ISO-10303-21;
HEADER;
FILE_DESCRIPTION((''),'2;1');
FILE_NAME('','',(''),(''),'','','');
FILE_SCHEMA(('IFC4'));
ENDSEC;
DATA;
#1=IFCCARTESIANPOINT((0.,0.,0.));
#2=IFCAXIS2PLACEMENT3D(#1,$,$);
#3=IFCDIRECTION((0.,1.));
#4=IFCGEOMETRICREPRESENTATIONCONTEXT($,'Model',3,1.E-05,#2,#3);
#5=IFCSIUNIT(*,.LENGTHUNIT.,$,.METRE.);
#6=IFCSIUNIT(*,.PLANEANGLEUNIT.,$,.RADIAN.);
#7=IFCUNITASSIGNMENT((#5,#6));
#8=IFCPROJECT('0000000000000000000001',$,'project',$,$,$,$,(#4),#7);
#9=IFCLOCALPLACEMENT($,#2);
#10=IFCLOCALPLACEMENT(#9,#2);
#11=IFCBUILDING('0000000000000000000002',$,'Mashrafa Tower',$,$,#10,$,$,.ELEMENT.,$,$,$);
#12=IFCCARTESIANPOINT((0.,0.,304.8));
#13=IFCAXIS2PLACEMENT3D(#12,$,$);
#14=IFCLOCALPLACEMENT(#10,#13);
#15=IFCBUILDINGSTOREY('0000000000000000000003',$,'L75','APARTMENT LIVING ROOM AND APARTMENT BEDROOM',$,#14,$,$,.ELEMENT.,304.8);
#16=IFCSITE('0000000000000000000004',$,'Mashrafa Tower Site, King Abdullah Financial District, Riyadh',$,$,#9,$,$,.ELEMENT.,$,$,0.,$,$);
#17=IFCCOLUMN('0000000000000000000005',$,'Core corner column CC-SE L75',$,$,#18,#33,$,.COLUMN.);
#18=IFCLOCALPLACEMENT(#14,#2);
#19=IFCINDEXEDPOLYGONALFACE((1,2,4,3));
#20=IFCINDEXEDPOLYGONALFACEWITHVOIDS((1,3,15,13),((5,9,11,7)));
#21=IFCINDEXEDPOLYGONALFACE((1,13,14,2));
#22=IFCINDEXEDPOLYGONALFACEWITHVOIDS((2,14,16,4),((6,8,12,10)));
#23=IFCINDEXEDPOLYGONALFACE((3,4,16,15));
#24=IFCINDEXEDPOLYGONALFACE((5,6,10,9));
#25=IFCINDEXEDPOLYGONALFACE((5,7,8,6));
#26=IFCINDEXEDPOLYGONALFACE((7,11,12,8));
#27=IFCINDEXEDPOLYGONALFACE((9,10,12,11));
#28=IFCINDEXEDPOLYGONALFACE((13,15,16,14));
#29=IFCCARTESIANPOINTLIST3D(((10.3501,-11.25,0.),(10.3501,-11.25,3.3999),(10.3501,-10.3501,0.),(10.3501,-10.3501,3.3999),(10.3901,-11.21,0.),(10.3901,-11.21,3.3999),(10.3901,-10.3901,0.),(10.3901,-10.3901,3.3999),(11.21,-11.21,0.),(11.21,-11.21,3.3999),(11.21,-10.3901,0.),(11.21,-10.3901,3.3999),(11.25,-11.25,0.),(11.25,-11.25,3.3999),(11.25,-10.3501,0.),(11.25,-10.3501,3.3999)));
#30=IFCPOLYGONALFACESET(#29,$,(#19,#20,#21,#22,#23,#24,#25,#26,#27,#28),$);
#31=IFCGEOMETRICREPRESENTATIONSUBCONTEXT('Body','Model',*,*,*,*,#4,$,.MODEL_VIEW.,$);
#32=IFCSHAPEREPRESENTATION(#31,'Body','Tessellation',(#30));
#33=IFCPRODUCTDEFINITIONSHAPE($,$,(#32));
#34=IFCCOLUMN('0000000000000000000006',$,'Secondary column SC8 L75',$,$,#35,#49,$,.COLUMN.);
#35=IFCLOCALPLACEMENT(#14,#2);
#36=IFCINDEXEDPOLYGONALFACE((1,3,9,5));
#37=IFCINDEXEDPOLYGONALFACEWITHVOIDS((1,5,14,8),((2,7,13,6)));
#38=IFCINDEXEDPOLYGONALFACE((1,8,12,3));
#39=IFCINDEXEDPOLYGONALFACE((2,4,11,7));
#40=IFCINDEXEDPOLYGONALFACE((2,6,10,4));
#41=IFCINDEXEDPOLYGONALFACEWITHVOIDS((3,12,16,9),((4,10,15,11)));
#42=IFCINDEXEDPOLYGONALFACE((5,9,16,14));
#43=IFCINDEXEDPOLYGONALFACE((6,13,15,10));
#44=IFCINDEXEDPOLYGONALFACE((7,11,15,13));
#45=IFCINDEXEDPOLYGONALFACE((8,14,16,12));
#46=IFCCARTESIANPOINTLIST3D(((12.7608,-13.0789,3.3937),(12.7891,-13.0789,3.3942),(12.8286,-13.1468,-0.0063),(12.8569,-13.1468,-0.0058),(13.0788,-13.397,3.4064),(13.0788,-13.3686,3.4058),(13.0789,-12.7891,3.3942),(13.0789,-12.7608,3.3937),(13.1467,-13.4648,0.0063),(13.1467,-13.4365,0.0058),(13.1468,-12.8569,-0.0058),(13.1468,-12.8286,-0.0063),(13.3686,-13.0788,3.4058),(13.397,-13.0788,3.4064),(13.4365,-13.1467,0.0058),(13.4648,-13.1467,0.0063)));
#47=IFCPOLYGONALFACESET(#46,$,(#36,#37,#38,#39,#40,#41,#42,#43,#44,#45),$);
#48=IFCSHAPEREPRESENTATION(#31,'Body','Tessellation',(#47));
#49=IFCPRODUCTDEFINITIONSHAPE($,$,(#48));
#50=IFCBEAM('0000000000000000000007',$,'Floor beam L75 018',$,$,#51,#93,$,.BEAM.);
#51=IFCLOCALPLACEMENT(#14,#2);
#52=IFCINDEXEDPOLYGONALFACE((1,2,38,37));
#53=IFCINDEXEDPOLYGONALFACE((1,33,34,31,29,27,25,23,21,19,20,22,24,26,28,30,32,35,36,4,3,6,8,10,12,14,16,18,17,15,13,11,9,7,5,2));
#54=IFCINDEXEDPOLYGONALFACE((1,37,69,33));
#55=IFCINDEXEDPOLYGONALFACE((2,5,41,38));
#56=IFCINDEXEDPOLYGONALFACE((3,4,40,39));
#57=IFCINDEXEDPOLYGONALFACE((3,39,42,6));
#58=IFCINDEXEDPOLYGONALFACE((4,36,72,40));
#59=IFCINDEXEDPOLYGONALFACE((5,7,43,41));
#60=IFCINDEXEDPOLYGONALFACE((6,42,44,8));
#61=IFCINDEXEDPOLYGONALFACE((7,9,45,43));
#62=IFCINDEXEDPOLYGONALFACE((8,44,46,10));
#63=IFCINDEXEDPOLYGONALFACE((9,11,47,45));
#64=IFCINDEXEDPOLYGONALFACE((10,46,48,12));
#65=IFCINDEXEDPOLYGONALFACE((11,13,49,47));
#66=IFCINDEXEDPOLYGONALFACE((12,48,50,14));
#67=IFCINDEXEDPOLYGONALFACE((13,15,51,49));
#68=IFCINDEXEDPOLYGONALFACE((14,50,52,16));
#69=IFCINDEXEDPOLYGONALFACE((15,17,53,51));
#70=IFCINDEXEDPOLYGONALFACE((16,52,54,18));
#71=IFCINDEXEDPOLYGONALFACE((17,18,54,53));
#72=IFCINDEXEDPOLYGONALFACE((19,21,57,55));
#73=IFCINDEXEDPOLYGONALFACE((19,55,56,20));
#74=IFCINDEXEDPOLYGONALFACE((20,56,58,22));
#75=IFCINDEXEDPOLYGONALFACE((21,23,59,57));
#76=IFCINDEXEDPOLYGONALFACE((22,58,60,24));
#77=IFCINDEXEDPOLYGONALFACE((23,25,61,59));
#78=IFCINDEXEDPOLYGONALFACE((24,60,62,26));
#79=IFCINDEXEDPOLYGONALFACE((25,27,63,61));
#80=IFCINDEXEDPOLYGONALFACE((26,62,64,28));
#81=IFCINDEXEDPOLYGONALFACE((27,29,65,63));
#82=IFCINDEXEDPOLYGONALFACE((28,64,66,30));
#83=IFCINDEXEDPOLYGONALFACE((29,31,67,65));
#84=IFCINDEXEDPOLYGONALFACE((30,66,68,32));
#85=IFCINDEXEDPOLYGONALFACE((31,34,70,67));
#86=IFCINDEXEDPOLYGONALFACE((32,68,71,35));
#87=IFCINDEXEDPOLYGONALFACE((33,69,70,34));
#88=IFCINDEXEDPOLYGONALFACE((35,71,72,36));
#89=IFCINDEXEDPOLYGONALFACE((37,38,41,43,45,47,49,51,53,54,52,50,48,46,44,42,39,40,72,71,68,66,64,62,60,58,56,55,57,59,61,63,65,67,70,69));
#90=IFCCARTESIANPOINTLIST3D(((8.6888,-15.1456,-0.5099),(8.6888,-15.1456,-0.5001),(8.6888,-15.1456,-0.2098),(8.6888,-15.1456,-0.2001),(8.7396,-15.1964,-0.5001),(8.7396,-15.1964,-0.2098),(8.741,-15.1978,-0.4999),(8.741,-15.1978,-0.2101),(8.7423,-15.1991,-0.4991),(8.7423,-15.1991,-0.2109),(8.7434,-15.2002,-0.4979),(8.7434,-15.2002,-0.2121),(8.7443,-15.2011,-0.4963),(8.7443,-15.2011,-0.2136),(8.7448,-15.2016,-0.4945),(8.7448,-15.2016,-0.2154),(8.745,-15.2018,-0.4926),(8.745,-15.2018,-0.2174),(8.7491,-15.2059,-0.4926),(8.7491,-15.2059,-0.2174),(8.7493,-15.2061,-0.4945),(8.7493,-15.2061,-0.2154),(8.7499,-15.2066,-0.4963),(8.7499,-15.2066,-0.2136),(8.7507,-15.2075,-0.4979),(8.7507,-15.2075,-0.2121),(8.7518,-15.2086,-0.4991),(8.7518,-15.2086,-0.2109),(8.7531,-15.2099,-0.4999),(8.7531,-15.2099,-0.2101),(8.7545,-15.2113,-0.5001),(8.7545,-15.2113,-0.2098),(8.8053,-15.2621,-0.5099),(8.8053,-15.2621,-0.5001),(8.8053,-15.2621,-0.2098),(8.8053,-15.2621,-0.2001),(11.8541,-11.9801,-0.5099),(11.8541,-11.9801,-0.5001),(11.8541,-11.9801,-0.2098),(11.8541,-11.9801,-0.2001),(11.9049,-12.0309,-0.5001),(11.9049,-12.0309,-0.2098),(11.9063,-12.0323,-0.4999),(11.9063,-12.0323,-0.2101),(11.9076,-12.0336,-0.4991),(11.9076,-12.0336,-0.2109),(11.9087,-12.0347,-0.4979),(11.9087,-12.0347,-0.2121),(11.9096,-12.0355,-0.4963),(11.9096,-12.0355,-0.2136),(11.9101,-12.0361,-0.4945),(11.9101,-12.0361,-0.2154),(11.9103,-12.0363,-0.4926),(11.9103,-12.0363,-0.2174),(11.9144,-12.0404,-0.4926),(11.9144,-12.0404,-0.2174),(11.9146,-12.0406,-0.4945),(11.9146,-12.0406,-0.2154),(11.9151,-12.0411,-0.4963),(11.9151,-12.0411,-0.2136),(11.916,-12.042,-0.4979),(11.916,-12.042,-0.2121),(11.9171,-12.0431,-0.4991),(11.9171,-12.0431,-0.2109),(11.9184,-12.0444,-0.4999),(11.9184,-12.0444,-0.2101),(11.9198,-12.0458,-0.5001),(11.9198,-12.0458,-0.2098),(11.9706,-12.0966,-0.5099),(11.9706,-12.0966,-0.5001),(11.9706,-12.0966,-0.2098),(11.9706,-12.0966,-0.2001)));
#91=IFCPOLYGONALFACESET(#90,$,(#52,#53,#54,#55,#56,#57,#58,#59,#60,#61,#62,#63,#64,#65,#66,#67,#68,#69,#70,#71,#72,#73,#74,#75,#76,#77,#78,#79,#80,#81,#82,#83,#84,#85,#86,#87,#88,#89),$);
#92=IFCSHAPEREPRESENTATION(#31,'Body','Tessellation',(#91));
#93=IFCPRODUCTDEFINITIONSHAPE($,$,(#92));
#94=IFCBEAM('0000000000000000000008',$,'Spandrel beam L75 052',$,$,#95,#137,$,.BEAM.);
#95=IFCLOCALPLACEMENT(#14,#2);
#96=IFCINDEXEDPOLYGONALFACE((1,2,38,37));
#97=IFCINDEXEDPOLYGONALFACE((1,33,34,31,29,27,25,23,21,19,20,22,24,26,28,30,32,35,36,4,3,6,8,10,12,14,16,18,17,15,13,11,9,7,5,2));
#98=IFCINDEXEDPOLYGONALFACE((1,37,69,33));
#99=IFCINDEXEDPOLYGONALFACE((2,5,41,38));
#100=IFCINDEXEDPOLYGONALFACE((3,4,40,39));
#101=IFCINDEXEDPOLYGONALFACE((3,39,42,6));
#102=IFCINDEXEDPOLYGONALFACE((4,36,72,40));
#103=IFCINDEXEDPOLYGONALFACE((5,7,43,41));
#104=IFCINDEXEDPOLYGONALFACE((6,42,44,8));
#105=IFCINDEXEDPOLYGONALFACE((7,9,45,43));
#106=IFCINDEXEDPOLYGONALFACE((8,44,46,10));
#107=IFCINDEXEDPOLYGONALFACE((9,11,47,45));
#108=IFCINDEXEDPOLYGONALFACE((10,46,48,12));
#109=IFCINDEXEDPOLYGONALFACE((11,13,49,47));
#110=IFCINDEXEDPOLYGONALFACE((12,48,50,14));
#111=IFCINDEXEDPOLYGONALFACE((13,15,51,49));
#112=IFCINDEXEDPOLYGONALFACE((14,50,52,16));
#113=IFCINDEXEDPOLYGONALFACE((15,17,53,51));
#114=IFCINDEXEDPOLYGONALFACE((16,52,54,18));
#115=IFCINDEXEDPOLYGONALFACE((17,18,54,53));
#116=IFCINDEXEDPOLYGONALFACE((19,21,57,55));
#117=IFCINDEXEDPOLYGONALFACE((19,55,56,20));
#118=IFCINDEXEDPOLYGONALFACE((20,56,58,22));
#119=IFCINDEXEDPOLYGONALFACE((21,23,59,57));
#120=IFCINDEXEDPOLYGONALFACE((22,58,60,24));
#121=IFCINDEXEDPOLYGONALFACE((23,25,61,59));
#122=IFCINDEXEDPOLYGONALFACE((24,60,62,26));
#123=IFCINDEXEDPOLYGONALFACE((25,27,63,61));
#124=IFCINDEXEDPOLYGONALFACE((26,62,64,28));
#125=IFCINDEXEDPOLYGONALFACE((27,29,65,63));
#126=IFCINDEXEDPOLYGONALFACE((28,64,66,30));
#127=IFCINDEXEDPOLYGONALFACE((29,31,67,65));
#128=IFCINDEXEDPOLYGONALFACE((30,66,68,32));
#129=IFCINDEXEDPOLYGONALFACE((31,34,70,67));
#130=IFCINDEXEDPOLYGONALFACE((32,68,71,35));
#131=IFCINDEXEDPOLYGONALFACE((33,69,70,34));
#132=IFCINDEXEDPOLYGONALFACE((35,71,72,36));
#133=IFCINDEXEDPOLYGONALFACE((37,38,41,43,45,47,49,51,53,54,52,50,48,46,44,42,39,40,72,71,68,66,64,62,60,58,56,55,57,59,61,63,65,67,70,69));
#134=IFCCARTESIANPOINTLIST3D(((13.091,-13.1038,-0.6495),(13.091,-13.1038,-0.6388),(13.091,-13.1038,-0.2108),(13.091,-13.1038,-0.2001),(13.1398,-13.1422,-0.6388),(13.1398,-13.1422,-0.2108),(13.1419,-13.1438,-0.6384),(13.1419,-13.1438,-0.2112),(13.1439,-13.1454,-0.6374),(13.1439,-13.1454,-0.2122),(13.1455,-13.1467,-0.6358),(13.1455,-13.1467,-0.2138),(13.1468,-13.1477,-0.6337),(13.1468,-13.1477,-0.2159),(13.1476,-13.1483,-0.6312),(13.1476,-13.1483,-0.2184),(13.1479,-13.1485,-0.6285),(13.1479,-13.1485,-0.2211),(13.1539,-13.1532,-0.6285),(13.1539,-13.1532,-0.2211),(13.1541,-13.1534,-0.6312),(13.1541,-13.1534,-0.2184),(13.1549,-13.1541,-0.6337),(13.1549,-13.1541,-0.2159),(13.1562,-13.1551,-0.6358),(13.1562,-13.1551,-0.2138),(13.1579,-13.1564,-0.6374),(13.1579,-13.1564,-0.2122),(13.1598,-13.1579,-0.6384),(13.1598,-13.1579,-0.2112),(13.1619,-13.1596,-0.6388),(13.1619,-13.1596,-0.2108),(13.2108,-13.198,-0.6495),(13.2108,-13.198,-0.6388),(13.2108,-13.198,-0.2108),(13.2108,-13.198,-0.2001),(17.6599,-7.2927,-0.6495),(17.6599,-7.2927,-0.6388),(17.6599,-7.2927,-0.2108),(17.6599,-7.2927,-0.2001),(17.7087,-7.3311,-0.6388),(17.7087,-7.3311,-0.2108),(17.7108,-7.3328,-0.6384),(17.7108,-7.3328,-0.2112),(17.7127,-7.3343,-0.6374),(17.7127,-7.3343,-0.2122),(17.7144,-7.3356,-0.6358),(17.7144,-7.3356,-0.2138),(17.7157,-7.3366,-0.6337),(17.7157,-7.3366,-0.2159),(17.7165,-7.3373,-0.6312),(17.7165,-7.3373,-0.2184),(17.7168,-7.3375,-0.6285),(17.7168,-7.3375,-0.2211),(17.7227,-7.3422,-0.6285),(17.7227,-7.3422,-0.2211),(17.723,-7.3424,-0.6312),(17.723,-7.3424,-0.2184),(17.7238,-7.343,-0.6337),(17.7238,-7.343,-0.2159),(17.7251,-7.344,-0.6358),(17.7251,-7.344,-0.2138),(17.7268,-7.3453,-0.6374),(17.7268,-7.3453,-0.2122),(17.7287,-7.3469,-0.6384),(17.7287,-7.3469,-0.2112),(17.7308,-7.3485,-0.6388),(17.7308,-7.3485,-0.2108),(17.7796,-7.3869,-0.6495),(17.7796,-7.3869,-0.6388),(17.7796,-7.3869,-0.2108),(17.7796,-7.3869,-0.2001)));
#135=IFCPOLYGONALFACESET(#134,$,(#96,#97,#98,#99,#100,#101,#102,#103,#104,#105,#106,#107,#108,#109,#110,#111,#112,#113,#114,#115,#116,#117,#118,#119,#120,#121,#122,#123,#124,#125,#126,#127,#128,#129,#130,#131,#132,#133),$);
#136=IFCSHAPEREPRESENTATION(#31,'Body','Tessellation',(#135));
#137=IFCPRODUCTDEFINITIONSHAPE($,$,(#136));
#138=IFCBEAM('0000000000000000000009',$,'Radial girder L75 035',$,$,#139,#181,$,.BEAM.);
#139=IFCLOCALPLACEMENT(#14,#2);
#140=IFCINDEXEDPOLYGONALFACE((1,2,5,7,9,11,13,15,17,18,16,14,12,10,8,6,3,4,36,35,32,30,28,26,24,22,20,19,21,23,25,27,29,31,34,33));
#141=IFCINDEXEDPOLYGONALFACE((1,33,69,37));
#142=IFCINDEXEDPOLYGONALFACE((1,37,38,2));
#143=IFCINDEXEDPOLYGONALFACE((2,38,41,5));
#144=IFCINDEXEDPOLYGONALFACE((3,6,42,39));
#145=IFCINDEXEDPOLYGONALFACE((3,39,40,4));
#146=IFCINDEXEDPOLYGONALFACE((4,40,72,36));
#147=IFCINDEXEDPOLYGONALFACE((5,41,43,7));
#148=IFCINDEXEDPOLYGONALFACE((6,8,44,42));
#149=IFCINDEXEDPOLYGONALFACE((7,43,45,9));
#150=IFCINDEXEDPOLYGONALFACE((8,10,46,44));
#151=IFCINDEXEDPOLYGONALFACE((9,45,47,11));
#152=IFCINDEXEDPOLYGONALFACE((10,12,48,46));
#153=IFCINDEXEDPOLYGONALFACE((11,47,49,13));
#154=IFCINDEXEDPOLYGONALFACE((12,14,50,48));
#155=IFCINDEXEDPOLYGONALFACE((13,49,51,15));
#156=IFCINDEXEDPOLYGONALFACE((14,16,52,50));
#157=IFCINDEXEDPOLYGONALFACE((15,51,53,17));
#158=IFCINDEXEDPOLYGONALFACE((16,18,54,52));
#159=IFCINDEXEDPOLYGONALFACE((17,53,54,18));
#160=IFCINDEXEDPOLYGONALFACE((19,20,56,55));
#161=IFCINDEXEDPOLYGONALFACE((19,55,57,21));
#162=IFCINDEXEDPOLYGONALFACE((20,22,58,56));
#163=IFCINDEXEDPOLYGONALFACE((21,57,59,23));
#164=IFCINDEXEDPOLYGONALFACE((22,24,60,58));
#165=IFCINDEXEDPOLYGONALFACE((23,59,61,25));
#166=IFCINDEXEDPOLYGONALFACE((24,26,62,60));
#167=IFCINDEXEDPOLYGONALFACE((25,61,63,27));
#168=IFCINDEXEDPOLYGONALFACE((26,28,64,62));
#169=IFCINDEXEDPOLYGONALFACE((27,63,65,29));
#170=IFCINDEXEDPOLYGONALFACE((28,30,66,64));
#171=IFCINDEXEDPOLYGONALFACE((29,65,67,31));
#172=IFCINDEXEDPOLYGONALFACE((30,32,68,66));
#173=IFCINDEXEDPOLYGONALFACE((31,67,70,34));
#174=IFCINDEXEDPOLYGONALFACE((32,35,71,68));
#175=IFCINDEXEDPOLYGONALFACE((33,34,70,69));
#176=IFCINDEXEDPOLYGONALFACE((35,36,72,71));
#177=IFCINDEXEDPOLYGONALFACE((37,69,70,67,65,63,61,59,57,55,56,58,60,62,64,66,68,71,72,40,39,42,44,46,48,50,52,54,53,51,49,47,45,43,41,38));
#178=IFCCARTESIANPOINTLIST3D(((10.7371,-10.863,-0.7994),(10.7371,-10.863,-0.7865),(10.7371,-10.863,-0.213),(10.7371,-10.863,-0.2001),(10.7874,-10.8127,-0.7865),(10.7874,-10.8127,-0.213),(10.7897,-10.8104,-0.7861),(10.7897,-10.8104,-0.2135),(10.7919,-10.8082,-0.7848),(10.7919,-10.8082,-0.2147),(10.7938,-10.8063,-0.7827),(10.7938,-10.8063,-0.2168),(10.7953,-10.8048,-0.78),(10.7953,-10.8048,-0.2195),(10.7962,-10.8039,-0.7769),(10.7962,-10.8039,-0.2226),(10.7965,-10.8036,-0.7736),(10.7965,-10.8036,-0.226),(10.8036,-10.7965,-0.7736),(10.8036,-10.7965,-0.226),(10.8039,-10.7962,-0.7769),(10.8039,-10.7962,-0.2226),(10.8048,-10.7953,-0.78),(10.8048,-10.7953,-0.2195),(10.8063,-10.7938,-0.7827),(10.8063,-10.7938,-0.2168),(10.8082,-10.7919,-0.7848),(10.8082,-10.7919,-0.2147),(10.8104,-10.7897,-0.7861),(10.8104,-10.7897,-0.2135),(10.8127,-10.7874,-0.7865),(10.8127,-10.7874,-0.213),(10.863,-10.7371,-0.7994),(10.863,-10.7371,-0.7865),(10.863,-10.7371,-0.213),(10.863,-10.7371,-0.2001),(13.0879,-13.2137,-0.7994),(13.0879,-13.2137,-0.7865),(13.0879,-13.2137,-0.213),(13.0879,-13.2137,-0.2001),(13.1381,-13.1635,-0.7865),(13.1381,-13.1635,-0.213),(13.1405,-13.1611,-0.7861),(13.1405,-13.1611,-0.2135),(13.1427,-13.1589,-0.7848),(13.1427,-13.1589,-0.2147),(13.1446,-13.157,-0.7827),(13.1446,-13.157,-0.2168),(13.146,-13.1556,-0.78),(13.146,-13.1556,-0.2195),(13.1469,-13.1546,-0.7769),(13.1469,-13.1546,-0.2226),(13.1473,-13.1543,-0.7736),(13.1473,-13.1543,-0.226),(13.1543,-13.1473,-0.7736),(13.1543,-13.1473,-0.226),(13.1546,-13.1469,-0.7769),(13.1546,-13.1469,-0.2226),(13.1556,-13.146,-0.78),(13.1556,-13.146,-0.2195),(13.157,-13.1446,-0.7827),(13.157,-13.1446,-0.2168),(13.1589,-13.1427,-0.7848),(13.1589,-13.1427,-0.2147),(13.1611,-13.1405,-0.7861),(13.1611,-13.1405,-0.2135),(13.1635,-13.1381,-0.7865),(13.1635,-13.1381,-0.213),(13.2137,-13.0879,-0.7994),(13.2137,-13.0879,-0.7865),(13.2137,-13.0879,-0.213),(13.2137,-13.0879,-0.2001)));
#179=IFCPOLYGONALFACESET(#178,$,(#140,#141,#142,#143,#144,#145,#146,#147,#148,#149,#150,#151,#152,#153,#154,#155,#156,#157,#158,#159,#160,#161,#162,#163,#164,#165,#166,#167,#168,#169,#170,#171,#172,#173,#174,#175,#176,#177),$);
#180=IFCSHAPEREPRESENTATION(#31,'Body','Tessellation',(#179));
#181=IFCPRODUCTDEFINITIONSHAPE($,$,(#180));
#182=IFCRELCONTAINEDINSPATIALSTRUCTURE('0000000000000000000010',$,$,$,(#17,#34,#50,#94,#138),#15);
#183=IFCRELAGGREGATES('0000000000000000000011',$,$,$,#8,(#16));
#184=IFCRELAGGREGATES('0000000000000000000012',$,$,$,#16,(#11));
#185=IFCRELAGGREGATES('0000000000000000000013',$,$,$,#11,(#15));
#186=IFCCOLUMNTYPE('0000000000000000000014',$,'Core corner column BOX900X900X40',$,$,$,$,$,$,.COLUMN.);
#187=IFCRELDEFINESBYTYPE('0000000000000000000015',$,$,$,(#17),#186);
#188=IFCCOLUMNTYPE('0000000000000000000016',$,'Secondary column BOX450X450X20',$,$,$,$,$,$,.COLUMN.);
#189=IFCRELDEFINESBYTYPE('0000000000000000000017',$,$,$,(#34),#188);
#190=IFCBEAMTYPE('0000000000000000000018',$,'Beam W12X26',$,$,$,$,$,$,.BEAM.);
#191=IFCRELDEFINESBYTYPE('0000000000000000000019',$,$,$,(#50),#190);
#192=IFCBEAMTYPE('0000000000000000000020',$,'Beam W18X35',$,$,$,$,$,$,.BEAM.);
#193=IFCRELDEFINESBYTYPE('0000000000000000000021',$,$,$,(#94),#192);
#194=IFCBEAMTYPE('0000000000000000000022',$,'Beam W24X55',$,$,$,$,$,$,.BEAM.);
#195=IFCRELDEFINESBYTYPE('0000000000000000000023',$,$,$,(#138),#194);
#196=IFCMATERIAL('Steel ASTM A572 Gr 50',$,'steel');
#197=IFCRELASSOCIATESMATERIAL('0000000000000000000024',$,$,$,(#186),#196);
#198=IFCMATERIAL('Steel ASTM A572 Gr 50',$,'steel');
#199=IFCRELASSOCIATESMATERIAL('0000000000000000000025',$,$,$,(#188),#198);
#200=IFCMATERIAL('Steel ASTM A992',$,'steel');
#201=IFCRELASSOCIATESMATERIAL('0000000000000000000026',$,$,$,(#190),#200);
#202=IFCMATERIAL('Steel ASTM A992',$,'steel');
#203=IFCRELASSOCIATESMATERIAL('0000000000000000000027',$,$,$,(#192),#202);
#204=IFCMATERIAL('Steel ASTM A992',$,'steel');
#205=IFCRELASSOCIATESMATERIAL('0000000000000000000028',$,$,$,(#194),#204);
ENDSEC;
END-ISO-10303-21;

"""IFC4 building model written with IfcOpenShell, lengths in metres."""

from ifc_helpers import new_model, si_unit, direction, frame, origin, origin_2d, place, context, subcontext, project, spatial, hollow_rectangle, i_section, extrude, material, material_profile, profile_set, type_object, element, save


model = new_model("IFC4")

# Units and contexts
model_context = context("Model", 3, precision=1e-05, world=origin(), true_north=direction((0.0, 1.0)))
body_context = subcontext(model_context, "Body", "Model", "MODEL_VIEW")
ifc_project = project(units=[si_unit("LENGTHUNIT", "METRE"), si_unit("PLANEANGLEUNIT", "RADIAN")], contexts=[model_context])

# Site, building, storey
site_placement = place(None, origin())
site = spatial("IfcSite", under=ifc_project, at=site_placement, Name="Mashrafa Tower Site, King Abdullah Financial District, Riyadh", CompositionType="ELEMENT", RefElevation=0.0)
building_placement = place(site_placement, origin())
building = spatial("IfcBuilding", under=site, at=building_placement, Name="Mashrafa Tower", CompositionType="ELEMENT")
storey_placement = place(building_placement, frame((0.0, 0.0, 304.8)))
storey = spatial("IfcBuildingStorey", under=building, at=storey_placement, Name="L75", Description="APARTMENT LIVING ROOM AND APARTMENT BEDROOM", CompositionType="ELEMENT", Elevation=304.8)

# Columns
ifc_material_1 = material(Name="Steel ASTM A572 Gr 50", Category="steel")
ifc_material_profile_1 = material_profile(ifc_material_1, hollow_rectangle(XDim=0.8999, YDim=0.8999, WallThickness=0.04, at=origin_2d()), Name="BOX900X900X40")
ifc_profile_set_1 = profile_set([ifc_material_profile_1], Name="Steel ASTM A572 Gr 50")
column_type_1 = type_object("IfcColumnType", Name="Core corner column BOX900X900X40", PredefinedType="COLUMN", material=ifc_profile_set_1)
column_1_placement = place(storey_placement, frame((10.8, -10.8, 0.0), z_axis=(0.0, 0.0, 1.0), x_axis=(1.0, 0.0, 0.0)))
element("IfcColumn", 1, at=column_1_placement, inside=storey, type_object=column_type_1, Name="Core corner column CC-SE L75", PredefinedType="COLUMN", context=body_context, shape_type="SweptSolid", body=[
    extrude(hollow_rectangle(XDim=0.8999, YDim=0.8999, WallThickness=0.04, at=origin_2d()), origin(), (0.0, 0.0, 1.0), 3.3999),
])
ifc_material_2 = material(Name="Steel ASTM A572 Gr 50", Category="steel")
ifc_material_profile_2 = material_profile(ifc_material_2, hollow_rectangle(XDim=0.45, YDim=0.45, WallThickness=0.02, at=origin_2d()), Name="BOX450X450X20")
ifc_profile_set_2 = profile_set([ifc_material_profile_2], Name="Steel ASTM A572 Gr 50")
column_type_2 = type_object("IfcColumnType", Name="Secondary column BOX450X450X20", PredefinedType="COLUMN", material=ifc_profile_set_2)
column_2_placement = place(storey_placement, frame((13.1467, -13.1467, 0.0), z_axis=(-0.019955, 0.019955, 0.999602), x_axis=(-0.707107, -0.707107, 0.0)))
element("IfcColumn", 2, at=column_2_placement, inside=storey, type_object=column_type_2, Name="Secondary column SC8 L75", PredefinedType="COLUMN", context=body_context, shape_type="SweptSolid", body=[
    extrude(hollow_rectangle(XDim=0.45, YDim=0.45, WallThickness=0.02, at=origin_2d()), origin(), (0.0, 0.0, 1.0), 3.4014),
])

# Beams
ifc_material_3 = material(Name="Steel ASTM A992", Category="steel")
ifc_material_profile_3 = material_profile(ifc_material_3, i_section(OverallWidth=0.1648, OverallDepth=0.3098, WebThickness=0.0059, FlangeThickness=0.0098, FilletRadius=0.0076, at=origin_2d()), Name="W12X26")
ifc_profile_set_3 = profile_set([ifc_material_profile_3], Name="Steel ASTM A992")
beam_type_1 = type_object("IfcBeamType", Name="Beam W12X26", PredefinedType="BEAM", material=ifc_profile_set_3)
beam_1_placement = place(storey_placement, frame((11.9124, -12.0383, -0.355), z_axis=(-0.70708, -0.707134, 0.0), x_axis=(0.707134, -0.70708, 0.0)))
element("IfcBeam", 3, at=beam_1_placement, inside=storey, type_object=beam_type_1, Name="Floor beam L75 018", PredefinedType="BEAM", context=body_context, shape_type="SweptSolid", body=[
    extrude(i_section(OverallWidth=0.1648, OverallDepth=0.3098, WebThickness=0.0059, FlangeThickness=0.0098, FilletRadius=0.0076, at=origin_2d()), origin(), (0.0, 0.0, 1.0), 4.4766),
])
ifc_material_4 = material(Name="Steel ASTM A992", Category="steel")
ifc_material_profile_4 = material_profile(ifc_material_4, i_section(OverallWidth=0.1523, OverallDepth=0.4495, WebThickness=0.0076, FlangeThickness=0.0107, FilletRadius=0.0103, at=origin_2d()), Name="W18X35")
ifc_profile_set_4 = profile_set([ifc_material_profile_4], Name="Steel ASTM A992")
beam_type_2 = type_object("IfcBeamType", Name="Beam W18X35", PredefinedType="BEAM", material=ifc_profile_set_4)
beam_2_placement = place(storey_placement, frame((13.1509, -13.1509, -0.4248), z_axis=(0.618075, 0.786119, 0.0), x_axis=(-0.786119, 0.618075, 0.0)))
element("IfcBeam", 4, at=beam_2_placement, inside=storey, type_object=beam_type_2, Name="Spandrel beam L75 052", PredefinedType="BEAM", context=body_context, shape_type="SweptSolid", body=[
    extrude(i_section(OverallWidth=0.1523, OverallDepth=0.4495, WebThickness=0.0076, FlangeThickness=0.0107, FilletRadius=0.0103, at=origin_2d()), origin(), (0.0, 0.0, 1.0), 7.3921),
])
ifc_material_5 = material(Name="Steel ASTM A992", Category="steel")
ifc_material_profile_5 = material_profile(ifc_material_5, i_section(OverallWidth=0.178, OverallDepth=0.5994, WebThickness=0.01, FlangeThickness=0.0129, FilletRadius=0.0129, at=origin_2d()), Name="W24X55")
ifc_profile_set_5 = profile_set([ifc_material_profile_5], Name="Steel ASTM A992")
beam_type_3 = type_object("IfcBeamType", Name="Beam W24X55", PredefinedType="BEAM", material=ifc_profile_set_5)
beam_3_placement = place(storey_placement, frame((10.8, -10.8, -0.4998), z_axis=(0.707107, -0.707107, 0.0), x_axis=(0.707107, 0.707107, 0.0)))
element("IfcBeam", 5, at=beam_3_placement, inside=storey, type_object=beam_type_3, Name="Radial girder L75 035", PredefinedType="BEAM", context=body_context, shape_type="SweptSolid", body=[
    extrude(i_section(OverallWidth=0.178, OverallDepth=0.5994, WebThickness=0.01, FlangeThickness=0.0129, FilletRadius=0.0129, at=origin_2d()), origin(), (0.0, 0.0, 1.0), 3.3245),
])

save(model, "model.ifc")
